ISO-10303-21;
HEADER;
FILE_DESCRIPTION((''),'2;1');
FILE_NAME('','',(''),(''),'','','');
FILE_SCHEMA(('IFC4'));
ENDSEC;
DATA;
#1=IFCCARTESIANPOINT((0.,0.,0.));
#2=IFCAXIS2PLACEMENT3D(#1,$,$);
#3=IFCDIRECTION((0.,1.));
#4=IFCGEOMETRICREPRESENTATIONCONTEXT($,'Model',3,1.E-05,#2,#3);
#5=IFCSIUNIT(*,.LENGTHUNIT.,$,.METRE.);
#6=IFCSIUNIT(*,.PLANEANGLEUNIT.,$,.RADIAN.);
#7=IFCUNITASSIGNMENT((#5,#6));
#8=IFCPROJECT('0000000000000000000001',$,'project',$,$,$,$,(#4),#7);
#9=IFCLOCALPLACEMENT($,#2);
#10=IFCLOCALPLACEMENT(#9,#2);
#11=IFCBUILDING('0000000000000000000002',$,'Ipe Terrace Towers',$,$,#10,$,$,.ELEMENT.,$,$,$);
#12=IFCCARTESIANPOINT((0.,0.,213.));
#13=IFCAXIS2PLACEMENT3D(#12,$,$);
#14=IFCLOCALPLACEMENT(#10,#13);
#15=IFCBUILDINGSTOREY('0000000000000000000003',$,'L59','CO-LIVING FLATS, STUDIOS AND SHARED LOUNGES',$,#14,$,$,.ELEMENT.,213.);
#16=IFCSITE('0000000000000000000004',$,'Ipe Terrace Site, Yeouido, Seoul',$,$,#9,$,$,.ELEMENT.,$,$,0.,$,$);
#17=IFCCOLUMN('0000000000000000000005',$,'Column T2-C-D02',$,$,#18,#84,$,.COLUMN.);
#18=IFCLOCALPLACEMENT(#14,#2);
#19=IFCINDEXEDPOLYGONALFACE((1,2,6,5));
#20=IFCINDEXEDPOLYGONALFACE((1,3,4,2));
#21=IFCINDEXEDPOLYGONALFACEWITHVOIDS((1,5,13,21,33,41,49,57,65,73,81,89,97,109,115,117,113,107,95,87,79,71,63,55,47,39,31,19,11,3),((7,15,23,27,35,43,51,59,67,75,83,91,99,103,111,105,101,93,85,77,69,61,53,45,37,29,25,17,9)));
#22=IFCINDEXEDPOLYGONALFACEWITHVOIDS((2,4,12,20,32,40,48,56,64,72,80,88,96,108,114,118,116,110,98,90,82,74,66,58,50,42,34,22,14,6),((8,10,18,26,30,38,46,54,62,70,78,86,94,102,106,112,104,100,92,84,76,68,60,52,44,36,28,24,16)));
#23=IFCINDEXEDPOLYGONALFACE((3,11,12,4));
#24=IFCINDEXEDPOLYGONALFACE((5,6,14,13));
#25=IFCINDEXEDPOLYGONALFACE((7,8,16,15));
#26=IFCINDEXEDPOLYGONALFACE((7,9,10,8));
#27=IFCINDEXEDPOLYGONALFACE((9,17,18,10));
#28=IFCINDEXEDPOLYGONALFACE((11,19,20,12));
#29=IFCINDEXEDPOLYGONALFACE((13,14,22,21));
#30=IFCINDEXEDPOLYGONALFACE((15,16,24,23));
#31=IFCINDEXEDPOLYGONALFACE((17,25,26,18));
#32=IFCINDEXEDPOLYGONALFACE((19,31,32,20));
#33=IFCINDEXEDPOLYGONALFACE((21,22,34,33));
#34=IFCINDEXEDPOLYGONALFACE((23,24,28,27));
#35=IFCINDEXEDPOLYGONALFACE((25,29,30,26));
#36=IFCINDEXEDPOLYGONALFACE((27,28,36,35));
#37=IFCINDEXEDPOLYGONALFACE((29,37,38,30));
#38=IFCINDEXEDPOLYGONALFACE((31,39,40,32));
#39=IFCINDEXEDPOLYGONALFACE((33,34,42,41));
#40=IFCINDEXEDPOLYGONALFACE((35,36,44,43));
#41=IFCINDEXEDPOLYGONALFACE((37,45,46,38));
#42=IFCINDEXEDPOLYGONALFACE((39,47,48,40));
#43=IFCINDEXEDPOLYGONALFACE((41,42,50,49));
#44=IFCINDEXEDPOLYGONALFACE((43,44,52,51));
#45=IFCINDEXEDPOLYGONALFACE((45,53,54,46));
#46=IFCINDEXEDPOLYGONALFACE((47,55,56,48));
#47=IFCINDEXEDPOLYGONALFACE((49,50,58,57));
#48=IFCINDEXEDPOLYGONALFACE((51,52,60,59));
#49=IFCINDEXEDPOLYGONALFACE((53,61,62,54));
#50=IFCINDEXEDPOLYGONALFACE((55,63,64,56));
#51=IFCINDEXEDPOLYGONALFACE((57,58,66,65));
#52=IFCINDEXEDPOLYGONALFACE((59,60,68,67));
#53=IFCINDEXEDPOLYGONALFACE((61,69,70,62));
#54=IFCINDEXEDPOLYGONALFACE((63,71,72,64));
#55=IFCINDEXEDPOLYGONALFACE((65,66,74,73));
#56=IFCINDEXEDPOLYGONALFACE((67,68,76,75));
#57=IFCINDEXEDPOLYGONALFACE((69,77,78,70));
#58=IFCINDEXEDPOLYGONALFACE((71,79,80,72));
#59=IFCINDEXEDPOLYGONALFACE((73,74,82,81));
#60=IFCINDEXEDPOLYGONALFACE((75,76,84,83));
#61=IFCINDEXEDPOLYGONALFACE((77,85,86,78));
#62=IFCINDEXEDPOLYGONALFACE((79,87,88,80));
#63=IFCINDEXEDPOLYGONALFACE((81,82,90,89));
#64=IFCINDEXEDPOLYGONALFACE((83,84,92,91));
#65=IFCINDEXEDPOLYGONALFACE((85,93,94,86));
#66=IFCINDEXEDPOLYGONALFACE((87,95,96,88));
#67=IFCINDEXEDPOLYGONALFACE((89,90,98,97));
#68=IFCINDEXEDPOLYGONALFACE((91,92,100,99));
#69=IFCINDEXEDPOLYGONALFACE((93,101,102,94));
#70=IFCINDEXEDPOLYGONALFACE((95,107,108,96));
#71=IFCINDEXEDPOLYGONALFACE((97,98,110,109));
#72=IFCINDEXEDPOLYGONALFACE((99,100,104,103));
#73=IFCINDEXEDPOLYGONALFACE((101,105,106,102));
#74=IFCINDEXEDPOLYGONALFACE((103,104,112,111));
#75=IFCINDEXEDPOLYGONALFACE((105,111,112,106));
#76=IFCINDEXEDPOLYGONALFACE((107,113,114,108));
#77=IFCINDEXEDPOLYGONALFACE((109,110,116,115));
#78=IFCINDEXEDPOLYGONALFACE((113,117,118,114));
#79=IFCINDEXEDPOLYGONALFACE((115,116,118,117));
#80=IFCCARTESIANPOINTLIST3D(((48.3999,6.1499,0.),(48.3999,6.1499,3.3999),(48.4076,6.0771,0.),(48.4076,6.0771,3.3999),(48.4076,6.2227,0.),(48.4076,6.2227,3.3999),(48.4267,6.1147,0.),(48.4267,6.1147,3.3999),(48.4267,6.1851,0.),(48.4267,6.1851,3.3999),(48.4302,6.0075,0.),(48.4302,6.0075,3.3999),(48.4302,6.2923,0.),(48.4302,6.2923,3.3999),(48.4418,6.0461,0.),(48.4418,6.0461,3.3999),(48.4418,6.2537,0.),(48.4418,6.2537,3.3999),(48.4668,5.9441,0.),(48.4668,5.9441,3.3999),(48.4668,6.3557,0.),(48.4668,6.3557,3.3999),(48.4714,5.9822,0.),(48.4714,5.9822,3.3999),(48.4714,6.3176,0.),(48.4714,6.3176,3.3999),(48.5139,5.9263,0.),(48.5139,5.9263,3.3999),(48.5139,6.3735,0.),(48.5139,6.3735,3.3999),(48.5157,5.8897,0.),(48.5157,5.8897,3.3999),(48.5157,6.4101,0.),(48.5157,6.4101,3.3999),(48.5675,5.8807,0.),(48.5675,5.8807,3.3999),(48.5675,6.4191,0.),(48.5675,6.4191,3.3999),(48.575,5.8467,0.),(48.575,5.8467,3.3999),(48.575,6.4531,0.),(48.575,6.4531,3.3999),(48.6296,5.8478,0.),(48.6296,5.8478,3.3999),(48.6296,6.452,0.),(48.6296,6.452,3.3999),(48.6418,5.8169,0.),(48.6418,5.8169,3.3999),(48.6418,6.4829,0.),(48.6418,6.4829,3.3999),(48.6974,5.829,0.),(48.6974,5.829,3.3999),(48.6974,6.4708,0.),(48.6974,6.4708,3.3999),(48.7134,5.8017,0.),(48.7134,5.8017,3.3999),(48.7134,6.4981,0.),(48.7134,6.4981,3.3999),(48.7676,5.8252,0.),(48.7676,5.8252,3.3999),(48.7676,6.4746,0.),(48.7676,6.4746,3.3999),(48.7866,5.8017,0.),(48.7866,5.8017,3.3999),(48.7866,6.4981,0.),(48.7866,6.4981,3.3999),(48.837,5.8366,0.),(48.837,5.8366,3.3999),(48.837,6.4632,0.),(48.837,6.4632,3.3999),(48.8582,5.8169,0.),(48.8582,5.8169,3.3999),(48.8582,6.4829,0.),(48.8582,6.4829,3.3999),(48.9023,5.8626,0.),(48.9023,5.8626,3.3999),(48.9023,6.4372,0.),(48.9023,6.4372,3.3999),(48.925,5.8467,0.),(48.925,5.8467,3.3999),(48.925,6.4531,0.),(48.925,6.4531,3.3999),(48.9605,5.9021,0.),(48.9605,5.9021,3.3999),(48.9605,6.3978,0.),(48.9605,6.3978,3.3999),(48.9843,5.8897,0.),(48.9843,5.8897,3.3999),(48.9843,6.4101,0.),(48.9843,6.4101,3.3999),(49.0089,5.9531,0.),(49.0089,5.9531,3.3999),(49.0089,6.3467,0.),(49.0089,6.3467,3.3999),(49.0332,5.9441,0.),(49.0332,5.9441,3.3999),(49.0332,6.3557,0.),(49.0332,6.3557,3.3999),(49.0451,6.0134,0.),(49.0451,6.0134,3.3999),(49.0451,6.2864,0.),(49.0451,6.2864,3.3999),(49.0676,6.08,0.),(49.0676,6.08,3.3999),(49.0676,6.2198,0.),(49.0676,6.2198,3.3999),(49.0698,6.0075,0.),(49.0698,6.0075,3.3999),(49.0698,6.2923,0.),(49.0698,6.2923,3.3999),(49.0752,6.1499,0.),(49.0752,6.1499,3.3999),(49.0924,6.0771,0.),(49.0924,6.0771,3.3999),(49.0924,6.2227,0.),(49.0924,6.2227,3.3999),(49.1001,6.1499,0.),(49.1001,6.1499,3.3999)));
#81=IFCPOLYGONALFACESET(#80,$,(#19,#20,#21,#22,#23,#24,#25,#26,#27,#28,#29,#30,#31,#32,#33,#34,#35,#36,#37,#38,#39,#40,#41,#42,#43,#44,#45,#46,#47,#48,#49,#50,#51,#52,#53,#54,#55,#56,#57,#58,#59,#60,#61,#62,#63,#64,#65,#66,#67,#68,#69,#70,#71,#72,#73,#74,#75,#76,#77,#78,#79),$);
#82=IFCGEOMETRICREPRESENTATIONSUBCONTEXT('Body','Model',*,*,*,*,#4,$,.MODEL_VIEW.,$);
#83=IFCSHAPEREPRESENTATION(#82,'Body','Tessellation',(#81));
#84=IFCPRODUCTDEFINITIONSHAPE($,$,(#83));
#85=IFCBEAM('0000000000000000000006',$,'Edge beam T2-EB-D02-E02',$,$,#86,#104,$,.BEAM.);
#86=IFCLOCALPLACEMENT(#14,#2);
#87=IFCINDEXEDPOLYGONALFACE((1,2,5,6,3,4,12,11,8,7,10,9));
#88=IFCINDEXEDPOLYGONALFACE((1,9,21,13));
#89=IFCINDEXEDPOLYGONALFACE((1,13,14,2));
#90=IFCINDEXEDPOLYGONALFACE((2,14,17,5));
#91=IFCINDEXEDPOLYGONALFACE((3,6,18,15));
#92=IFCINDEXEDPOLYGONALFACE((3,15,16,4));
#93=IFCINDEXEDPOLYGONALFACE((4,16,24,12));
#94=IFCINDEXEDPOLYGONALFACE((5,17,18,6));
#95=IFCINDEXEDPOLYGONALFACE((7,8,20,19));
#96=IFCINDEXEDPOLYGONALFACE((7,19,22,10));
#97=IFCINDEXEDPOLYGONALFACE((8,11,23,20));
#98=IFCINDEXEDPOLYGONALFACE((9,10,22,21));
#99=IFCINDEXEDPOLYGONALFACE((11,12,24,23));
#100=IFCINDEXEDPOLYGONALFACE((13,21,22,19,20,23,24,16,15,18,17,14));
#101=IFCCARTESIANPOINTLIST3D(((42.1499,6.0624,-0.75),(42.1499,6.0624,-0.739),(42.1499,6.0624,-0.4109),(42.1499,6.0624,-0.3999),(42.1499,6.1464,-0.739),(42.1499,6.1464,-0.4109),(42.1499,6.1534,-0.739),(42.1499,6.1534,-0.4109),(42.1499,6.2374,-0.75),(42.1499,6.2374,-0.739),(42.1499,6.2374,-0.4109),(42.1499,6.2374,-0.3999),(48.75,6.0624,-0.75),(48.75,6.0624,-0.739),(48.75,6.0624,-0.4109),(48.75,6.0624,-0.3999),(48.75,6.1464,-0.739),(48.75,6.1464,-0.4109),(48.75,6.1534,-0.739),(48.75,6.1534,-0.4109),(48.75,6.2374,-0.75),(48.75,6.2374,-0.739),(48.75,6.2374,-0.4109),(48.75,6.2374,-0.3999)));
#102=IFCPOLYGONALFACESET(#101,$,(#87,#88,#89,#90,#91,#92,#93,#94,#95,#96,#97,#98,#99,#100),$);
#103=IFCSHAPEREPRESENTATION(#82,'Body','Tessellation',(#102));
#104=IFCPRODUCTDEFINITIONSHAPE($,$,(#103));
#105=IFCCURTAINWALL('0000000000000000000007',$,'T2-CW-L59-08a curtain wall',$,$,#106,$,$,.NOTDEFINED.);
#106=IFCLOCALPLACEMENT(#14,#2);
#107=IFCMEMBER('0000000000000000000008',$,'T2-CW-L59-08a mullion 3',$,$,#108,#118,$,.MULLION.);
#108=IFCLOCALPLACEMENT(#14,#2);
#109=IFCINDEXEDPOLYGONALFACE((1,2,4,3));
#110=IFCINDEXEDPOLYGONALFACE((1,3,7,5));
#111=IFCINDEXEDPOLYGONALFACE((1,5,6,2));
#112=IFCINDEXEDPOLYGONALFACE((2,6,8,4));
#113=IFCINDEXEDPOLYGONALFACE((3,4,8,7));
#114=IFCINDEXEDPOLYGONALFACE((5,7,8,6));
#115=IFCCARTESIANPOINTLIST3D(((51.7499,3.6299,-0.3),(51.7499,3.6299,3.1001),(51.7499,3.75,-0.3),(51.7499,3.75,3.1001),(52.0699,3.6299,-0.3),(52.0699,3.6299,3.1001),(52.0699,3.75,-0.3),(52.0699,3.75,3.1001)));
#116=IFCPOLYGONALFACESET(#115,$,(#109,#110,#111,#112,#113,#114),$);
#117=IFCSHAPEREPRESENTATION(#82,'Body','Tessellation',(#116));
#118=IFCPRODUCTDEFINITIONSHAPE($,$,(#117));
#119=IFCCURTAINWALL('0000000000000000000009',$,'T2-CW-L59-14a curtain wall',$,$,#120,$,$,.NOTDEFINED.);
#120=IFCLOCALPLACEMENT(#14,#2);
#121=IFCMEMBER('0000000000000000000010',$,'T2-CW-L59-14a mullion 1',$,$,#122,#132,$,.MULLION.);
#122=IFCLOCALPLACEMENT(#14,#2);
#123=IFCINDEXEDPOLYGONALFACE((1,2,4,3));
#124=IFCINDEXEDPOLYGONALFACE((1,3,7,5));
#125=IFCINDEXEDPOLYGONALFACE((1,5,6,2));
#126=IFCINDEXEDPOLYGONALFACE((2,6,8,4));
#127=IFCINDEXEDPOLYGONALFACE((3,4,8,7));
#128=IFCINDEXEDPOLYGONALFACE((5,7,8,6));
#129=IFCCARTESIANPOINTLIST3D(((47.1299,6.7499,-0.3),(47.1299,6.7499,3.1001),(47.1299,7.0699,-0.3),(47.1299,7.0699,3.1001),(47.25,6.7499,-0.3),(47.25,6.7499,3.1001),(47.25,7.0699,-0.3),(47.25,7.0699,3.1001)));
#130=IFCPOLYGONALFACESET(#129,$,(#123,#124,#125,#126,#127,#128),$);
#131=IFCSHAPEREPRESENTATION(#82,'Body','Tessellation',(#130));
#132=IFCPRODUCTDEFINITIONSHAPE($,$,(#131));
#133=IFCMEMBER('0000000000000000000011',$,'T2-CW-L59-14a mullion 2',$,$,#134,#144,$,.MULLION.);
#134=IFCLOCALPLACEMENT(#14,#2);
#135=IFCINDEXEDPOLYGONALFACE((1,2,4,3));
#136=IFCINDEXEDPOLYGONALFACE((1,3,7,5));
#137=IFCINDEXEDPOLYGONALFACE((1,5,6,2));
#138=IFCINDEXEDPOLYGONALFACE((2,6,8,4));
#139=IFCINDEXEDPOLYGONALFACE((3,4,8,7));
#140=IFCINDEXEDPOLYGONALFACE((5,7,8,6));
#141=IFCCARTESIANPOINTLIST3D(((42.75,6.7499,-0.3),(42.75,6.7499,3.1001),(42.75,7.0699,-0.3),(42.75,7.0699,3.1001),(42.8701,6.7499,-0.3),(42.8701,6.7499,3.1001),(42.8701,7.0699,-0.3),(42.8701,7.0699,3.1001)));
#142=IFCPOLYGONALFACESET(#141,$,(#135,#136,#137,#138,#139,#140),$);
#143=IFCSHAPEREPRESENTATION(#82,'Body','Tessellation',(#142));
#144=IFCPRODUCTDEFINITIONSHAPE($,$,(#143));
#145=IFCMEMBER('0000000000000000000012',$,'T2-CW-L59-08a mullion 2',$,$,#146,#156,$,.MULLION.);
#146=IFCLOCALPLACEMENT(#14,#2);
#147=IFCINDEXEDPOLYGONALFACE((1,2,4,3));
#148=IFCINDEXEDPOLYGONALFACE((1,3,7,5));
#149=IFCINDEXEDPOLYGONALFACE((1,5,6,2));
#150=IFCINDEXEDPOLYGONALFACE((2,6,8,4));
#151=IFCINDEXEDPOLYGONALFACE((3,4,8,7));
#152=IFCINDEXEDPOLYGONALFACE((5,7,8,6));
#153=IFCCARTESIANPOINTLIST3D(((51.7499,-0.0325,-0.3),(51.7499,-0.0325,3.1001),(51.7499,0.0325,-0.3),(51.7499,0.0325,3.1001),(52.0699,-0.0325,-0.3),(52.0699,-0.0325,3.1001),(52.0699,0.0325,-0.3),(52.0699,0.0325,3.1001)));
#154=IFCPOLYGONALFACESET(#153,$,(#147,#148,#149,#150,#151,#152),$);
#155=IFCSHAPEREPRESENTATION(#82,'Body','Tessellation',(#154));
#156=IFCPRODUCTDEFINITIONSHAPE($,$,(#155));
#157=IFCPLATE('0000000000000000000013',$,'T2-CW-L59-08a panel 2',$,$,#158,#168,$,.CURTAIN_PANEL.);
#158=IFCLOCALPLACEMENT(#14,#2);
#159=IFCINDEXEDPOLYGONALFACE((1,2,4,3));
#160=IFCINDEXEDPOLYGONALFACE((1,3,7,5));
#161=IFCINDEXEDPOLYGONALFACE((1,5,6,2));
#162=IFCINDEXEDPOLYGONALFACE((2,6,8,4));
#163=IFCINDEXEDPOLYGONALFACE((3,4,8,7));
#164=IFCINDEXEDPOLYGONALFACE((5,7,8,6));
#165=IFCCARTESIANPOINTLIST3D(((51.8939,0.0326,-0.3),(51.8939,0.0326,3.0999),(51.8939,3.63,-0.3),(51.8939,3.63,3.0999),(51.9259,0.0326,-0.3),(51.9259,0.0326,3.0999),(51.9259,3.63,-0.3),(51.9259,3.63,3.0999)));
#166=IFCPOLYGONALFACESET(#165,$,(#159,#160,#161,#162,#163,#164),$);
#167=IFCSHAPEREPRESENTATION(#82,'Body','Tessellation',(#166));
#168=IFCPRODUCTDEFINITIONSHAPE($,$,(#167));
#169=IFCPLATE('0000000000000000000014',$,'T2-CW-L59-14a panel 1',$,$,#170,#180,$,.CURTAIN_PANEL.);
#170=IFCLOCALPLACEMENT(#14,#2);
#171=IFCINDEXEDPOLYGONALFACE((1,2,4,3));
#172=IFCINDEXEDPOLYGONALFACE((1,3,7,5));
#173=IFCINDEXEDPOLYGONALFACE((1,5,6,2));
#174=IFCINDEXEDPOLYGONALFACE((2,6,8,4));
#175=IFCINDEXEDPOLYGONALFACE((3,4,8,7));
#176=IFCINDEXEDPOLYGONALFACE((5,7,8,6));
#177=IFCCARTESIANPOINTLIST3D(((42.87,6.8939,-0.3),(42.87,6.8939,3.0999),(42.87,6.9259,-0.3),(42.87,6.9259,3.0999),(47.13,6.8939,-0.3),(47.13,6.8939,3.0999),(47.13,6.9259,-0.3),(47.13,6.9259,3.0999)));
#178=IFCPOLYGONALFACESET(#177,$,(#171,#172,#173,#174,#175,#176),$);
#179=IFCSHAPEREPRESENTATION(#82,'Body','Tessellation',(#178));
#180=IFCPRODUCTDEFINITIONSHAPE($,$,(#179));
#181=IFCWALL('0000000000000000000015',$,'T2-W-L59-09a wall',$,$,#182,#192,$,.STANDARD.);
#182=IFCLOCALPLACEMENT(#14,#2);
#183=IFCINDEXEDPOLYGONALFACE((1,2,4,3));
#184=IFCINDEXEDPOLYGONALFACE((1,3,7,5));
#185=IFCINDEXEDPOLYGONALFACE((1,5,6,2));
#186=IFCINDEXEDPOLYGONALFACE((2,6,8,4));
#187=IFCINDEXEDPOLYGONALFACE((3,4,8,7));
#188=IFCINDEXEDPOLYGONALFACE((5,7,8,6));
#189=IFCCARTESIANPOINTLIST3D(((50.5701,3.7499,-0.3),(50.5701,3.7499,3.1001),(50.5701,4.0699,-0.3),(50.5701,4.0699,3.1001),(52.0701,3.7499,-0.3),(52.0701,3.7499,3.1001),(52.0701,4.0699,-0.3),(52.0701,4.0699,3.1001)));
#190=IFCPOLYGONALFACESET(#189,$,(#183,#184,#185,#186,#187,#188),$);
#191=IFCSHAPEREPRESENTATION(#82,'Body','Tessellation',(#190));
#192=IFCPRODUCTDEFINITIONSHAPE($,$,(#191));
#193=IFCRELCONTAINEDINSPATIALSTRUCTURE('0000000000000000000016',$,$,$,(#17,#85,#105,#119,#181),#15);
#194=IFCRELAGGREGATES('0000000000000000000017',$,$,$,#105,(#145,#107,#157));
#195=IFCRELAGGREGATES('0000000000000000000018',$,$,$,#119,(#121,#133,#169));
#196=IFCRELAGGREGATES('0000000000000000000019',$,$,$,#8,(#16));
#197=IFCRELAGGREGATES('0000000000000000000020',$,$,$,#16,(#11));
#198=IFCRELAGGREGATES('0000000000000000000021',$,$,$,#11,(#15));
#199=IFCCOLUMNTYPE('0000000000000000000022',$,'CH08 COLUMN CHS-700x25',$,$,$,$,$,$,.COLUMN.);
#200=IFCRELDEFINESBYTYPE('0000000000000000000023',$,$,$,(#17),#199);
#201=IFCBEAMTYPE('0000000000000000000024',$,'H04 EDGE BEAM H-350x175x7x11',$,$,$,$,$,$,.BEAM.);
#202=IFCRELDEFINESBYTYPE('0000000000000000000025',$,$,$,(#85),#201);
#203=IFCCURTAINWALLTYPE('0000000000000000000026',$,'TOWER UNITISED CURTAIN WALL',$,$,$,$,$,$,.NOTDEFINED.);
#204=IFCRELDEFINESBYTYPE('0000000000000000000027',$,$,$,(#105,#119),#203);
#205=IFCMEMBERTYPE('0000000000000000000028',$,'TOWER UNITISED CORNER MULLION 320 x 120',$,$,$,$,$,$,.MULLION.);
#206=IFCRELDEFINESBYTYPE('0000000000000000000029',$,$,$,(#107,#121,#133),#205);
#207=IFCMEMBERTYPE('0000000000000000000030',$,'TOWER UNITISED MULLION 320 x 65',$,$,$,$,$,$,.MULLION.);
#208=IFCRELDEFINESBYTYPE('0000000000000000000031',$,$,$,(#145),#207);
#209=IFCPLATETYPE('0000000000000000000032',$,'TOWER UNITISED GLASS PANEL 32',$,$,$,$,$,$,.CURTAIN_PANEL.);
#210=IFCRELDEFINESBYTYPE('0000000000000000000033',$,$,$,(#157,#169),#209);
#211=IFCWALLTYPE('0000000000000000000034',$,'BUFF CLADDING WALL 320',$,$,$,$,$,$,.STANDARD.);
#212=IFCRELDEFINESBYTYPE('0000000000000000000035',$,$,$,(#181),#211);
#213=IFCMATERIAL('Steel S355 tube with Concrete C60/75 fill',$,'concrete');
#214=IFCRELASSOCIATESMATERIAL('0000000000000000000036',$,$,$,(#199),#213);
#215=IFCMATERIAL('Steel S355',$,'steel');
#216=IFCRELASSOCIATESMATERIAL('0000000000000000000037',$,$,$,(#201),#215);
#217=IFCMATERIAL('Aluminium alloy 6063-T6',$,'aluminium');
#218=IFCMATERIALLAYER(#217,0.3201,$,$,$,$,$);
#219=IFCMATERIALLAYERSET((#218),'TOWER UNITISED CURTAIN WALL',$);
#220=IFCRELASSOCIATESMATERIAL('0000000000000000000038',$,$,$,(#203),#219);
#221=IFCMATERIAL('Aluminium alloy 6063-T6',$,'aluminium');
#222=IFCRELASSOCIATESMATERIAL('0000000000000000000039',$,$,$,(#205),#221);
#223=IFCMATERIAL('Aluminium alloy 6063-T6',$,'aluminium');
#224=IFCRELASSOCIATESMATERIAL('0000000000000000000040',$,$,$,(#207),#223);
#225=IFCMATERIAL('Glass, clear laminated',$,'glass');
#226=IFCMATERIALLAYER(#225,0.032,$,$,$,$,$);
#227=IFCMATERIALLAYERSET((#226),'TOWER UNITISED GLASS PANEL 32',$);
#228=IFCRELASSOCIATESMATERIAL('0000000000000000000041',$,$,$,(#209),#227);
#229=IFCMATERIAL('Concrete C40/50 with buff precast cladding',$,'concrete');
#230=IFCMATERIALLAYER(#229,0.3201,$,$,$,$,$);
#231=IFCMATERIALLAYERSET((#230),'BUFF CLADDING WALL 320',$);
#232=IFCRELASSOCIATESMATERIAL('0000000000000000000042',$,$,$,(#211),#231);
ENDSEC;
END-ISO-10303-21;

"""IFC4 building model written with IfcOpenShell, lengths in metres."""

from ifc_helpers import new_model, si_unit, direction, frame, frame_2d, origin, origin_2d, place, context, subcontext, project, spatial, rectangle, hollow_circle, i_section, extrude, material, layer, layer_set, material_profile, profile_set, type_object, element, aggregate, save


model = new_model("IFC4")

# Units and contexts
model_context = context("Model", 3, precision=1e-05, world=origin(), true_north=direction((0.0, 1.0)))
body_context = subcontext(model_context, "Body", "Model", "MODEL_VIEW")
ifc_project = project(units=[si_unit("LENGTHUNIT", "METRE"), si_unit("PLANEANGLEUNIT", "RADIAN")], contexts=[model_context])

# Site, building, storey
site_placement = place(None, origin())
site = spatial("IfcSite", under=ifc_project, at=site_placement, Name="Ipe Terrace Site, Yeouido, Seoul", CompositionType="ELEMENT", RefElevation=0.0)
building_placement = place(site_placement, origin())
building = spatial("IfcBuilding", under=site, at=building_placement, Name="Ipe Terrace Towers", CompositionType="ELEMENT")
storey_placement = place(building_placement, frame((0.0, 0.0, 213.0)))
storey = spatial("IfcBuildingStorey", under=building, at=storey_placement, Name="L59", Description="CO-LIVING FLATS, STUDIOS AND SHARED LOUNGES", CompositionType="ELEMENT", Elevation=213.0)

# Column
ifc_material_1 = material(Name="Steel S355 tube with Concrete C60/75 fill", Category="concrete")
ifc_material_profile_1 = material_profile(ifc_material_1, hollow_circle(Radius=0.3501, WallThickness=0.0249, at=origin_2d()), Name="CHS-700x25")
ifc_profile_set_1 = profile_set([ifc_material_profile_1], Name="Steel S355 tube with Concrete C60/75 fill")
column_type = type_object("IfcColumnType", Name="CH08 COLUMN CHS-700x25", PredefinedType="COLUMN", material=ifc_profile_set_1)
column_placement = place(storey_placement, frame((48.75, 6.1499, 0.0), z_axis=(0.0, 0.0, 1.0), x_axis=(1.0, 0.0, 0.0)))
element("IfcColumn", 1, at=column_placement, inside=storey, type_object=column_type, Name="Column T2-C-D02", PredefinedType="COLUMN", context=body_context, shape_type="SweptSolid", body=[
    extrude(hollow_circle(Radius=0.3501, WallThickness=0.0249, at=origin_2d()), origin(), (0.0, 0.0, 1.0), 3.3999),
])

# Beam
ifc_material_2 = material(Name="Steel S355", Category="steel")
ifc_material_profile_2 = material_profile(ifc_material_2, i_section(OverallWidth=0.175, OverallDepth=0.3501, WebThickness=0.0071, FlangeThickness=0.011, at=origin_2d()), Name="H-350x175x7x11")
ifc_profile_set_2 = profile_set([ifc_material_profile_2], Name="Steel S355")
beam_type = type_object("IfcBeamType", Name="H04 EDGE BEAM H-350x175x7x11", PredefinedType="BEAM", material=ifc_profile_set_2)
beam_placement = place(storey_placement, frame((48.75, 6.1499, -0.575), z_axis=(-1.0, 0.0, 0.0), x_axis=(0.0, -1.0, 0.0)))
element("IfcBeam", 2, at=beam_placement, inside=storey, type_object=beam_type, Name="Edge beam T2-EB-D02-E02", PredefinedType="BEAM", context=body_context, shape_type="SweptSolid", body=[
    extrude(i_section(OverallWidth=0.175, OverallDepth=0.3501, WebThickness=0.0071, FlangeThickness=0.011, at=origin_2d()), origin(), (0.0, 0.0, 1.0), 6.6001),
])

# Curtain wall, member
ifc_material_3 = material(Name="Aluminium alloy 6063-T6", Category="aluminium")
ifc_layer_1 = layer(ifc_material_3, 0.3201)
ifc_layer_set_1 = layer_set([ifc_layer_1], Name="TOWER UNITISED CURTAIN WALL")
curtain_wall_type = type_object("IfcCurtainWallType", Name="TOWER UNITISED CURTAIN WALL", PredefinedType="NOTDEFINED", material=ifc_layer_set_1)
curtain_wall_1_placement = place(storey_placement, origin())
curtain_wall_1 = element("IfcCurtainWall", 3, at=curtain_wall_1_placement, inside=storey, type_object=curtain_wall_type, Name="T2-CW-L59-08a curtain wall", PredefinedType="NOTDEFINED")
ifc_material_4 = material(Name="Aluminium alloy 6063-T6", Category="aluminium")
ifc_material_profile_3 = material_profile(ifc_material_4, rectangle(XDim=0.3201, YDim=0.1201, at=origin_2d()), Name="TOWER UNITISED CORNER MULLION 320 x 120")
ifc_profile_set_3 = profile_set([ifc_material_profile_3], Name="Aluminium alloy 6063-T6")
member_type_1 = type_object("IfcMemberType", Name="TOWER UNITISED CORNER MULLION 320 x 120", PredefinedType="MULLION", material=ifc_profile_set_3)
member_1_placement = place(storey_placement, frame((51.9099, 3.6899, -0.3), z_axis=(0.0, 0.0, 1.0), x_axis=(1.0, 0.0, 0.0)))
member_1 = element("IfcMember", 4, at=member_1_placement, type_object=member_type_1, Name="T2-CW-L59-08a mullion 3", PredefinedType="MULLION", context=body_context, shape_type="SweptSolid", body=[
    extrude(rectangle(XDim=0.3201, YDim=0.1201, at=origin_2d()), origin(), (0.0, 0.0, 1.0), 3.4001),
])

# Curtain wall, members
curtain_wall_2_placement = place(storey_placement, origin())
curtain_wall_2 = element("IfcCurtainWall", 5, at=curtain_wall_2_placement, inside=storey, type_object=curtain_wall_type, Name="T2-CW-L59-14a curtain wall", PredefinedType="NOTDEFINED")
member_2_placement = place(storey_placement, frame((47.1899, 6.9099, -0.3), z_axis=(0.0, 0.0, 1.0), x_axis=(0.0, 1.0, 0.0)))
member_2 = element("IfcMember", 6, at=member_2_placement, type_object=member_type_1, Name="T2-CW-L59-14a mullion 1", PredefinedType="MULLION", context=body_context, shape_type="SweptSolid", body=[
    extrude(rectangle(XDim=0.3201, YDim=0.1201, at=origin_2d()), origin(), (0.0, 0.0, 1.0), 3.4001),
])
member_3_placement = place(storey_placement, frame((42.8101, 6.9099, -0.3), z_axis=(0.0, 0.0, 1.0), x_axis=(0.0, 1.0, 0.0)))
member_3 = element("IfcMember", 7, at=member_3_placement, type_object=member_type_1, Name="T2-CW-L59-14a mullion 2", PredefinedType="MULLION", context=body_context, shape_type="SweptSolid", body=[
    extrude(rectangle(XDim=0.3201, YDim=0.1201, at=origin_2d()), origin(), (0.0, 0.0, 1.0), 3.4001),
])

# Member
ifc_material_5 = material(Name="Aluminium alloy 6063-T6", Category="aluminium")
ifc_material_profile_4 = material_profile(ifc_material_5, rectangle(XDim=0.3201, YDim=0.0649, at=origin_2d()), Name="TOWER UNITISED MULLION 320 x 65")
ifc_profile_set_4 = profile_set([ifc_material_profile_4], Name="Aluminium alloy 6063-T6")
member_type_2 = type_object("IfcMemberType", Name="TOWER UNITISED MULLION 320 x 65", PredefinedType="MULLION", material=ifc_profile_set_4)
member_4_placement = place(storey_placement, frame((51.9099, 0.0, -0.3), z_axis=(0.0, 0.0, 1.0), x_axis=(1.0, 0.0, 0.0)))
member_4 = element("IfcMember", 8, at=member_4_placement, type_object=member_type_2, Name="T2-CW-L59-08a mullion 2", PredefinedType="MULLION", context=body_context, shape_type="SweptSolid", body=[
    extrude(rectangle(XDim=0.3201, YDim=0.0649, at=origin_2d()), origin(), (0.0, 0.0, 1.0), 3.4001),
])

# Plates
ifc_material_6 = material(Name="Glass, clear laminated", Category="glass")
ifc_layer_2 = layer(ifc_material_6, 0.032)
ifc_layer_set_2 = layer_set([ifc_layer_2], Name="TOWER UNITISED GLASS PANEL 32")
plate_type = type_object("IfcPlateType", Name="TOWER UNITISED GLASS PANEL 32", PredefinedType="CURTAIN_PANEL", material=ifc_layer_set_2)
plate_1_placement = place(storey_placement, frame((51.9099, 1.8313, -0.3), z_axis=(0.0, 0.0, 1.0), x_axis=(0.0, 1.0, 0.0)))
plate_1 = element("IfcPlate", 9, at=plate_1_placement, type_object=plate_type, Name="T2-CW-L59-08a panel 2", PredefinedType="CURTAIN_PANEL", context=body_context, shape_type="SweptSolid", body=[
    extrude(rectangle(XDim=3.5974, YDim=0.032, at=origin_2d()), origin(), (0.0, 0.0, 1.0), 3.3999),
])
aggregate(curtain_wall_1, [member_4, member_1, plate_1])
plate_2_placement = place(storey_placement, frame((45.0, 6.9099, -0.3), z_axis=(0.0, 0.0, 1.0), x_axis=(-1.0, 0.0, 0.0)))
plate_2 = element("IfcPlate", 10, at=plate_2_placement, type_object=plate_type, Name="T2-CW-L59-14a panel 1", PredefinedType="CURTAIN_PANEL", context=body_context, shape_type="SweptSolid", body=[
    extrude(rectangle(XDim=4.26, YDim=0.032, at=origin_2d()), origin(), (0.0, 0.0, 1.0), 3.3999),
])
aggregate(curtain_wall_2, [member_2, member_3, plate_2])

# Wall
ifc_material_7 = material(Name="Concrete C40/50 with buff precast cladding", Category="concrete")
ifc_layer_3 = layer(ifc_material_7, 0.3201)
ifc_layer_set_3 = layer_set([ifc_layer_3], Name="BUFF CLADDING WALL 320")
wall_type_1 = type_object("IfcWallType", Name="BUFF CLADDING WALL 320", PredefinedType="STANDARD", material=ifc_layer_set_3)
wall_1_placement = place(storey_placement, frame((52.0701, 3.9099, -0.3), z_axis=(0.0, 0.0, 1.0), x_axis=(-1.0, 0.0, 0.0)))
element("IfcWall", 11, at=wall_1_placement, inside=storey, type_object=wall_type_1, Name="T2-W-L59-09a wall", PredefinedType="STANDARD", context=body_context, shape_type="SweptSolid", body=[
    extrude(rectangle(XDim=1.5, YDim=0.3201, at=frame_2d((0.75, 0.0))), origin(), (0.0, 0.0, 1.0), 3.4001),
])

save(model, "model.ifc")
